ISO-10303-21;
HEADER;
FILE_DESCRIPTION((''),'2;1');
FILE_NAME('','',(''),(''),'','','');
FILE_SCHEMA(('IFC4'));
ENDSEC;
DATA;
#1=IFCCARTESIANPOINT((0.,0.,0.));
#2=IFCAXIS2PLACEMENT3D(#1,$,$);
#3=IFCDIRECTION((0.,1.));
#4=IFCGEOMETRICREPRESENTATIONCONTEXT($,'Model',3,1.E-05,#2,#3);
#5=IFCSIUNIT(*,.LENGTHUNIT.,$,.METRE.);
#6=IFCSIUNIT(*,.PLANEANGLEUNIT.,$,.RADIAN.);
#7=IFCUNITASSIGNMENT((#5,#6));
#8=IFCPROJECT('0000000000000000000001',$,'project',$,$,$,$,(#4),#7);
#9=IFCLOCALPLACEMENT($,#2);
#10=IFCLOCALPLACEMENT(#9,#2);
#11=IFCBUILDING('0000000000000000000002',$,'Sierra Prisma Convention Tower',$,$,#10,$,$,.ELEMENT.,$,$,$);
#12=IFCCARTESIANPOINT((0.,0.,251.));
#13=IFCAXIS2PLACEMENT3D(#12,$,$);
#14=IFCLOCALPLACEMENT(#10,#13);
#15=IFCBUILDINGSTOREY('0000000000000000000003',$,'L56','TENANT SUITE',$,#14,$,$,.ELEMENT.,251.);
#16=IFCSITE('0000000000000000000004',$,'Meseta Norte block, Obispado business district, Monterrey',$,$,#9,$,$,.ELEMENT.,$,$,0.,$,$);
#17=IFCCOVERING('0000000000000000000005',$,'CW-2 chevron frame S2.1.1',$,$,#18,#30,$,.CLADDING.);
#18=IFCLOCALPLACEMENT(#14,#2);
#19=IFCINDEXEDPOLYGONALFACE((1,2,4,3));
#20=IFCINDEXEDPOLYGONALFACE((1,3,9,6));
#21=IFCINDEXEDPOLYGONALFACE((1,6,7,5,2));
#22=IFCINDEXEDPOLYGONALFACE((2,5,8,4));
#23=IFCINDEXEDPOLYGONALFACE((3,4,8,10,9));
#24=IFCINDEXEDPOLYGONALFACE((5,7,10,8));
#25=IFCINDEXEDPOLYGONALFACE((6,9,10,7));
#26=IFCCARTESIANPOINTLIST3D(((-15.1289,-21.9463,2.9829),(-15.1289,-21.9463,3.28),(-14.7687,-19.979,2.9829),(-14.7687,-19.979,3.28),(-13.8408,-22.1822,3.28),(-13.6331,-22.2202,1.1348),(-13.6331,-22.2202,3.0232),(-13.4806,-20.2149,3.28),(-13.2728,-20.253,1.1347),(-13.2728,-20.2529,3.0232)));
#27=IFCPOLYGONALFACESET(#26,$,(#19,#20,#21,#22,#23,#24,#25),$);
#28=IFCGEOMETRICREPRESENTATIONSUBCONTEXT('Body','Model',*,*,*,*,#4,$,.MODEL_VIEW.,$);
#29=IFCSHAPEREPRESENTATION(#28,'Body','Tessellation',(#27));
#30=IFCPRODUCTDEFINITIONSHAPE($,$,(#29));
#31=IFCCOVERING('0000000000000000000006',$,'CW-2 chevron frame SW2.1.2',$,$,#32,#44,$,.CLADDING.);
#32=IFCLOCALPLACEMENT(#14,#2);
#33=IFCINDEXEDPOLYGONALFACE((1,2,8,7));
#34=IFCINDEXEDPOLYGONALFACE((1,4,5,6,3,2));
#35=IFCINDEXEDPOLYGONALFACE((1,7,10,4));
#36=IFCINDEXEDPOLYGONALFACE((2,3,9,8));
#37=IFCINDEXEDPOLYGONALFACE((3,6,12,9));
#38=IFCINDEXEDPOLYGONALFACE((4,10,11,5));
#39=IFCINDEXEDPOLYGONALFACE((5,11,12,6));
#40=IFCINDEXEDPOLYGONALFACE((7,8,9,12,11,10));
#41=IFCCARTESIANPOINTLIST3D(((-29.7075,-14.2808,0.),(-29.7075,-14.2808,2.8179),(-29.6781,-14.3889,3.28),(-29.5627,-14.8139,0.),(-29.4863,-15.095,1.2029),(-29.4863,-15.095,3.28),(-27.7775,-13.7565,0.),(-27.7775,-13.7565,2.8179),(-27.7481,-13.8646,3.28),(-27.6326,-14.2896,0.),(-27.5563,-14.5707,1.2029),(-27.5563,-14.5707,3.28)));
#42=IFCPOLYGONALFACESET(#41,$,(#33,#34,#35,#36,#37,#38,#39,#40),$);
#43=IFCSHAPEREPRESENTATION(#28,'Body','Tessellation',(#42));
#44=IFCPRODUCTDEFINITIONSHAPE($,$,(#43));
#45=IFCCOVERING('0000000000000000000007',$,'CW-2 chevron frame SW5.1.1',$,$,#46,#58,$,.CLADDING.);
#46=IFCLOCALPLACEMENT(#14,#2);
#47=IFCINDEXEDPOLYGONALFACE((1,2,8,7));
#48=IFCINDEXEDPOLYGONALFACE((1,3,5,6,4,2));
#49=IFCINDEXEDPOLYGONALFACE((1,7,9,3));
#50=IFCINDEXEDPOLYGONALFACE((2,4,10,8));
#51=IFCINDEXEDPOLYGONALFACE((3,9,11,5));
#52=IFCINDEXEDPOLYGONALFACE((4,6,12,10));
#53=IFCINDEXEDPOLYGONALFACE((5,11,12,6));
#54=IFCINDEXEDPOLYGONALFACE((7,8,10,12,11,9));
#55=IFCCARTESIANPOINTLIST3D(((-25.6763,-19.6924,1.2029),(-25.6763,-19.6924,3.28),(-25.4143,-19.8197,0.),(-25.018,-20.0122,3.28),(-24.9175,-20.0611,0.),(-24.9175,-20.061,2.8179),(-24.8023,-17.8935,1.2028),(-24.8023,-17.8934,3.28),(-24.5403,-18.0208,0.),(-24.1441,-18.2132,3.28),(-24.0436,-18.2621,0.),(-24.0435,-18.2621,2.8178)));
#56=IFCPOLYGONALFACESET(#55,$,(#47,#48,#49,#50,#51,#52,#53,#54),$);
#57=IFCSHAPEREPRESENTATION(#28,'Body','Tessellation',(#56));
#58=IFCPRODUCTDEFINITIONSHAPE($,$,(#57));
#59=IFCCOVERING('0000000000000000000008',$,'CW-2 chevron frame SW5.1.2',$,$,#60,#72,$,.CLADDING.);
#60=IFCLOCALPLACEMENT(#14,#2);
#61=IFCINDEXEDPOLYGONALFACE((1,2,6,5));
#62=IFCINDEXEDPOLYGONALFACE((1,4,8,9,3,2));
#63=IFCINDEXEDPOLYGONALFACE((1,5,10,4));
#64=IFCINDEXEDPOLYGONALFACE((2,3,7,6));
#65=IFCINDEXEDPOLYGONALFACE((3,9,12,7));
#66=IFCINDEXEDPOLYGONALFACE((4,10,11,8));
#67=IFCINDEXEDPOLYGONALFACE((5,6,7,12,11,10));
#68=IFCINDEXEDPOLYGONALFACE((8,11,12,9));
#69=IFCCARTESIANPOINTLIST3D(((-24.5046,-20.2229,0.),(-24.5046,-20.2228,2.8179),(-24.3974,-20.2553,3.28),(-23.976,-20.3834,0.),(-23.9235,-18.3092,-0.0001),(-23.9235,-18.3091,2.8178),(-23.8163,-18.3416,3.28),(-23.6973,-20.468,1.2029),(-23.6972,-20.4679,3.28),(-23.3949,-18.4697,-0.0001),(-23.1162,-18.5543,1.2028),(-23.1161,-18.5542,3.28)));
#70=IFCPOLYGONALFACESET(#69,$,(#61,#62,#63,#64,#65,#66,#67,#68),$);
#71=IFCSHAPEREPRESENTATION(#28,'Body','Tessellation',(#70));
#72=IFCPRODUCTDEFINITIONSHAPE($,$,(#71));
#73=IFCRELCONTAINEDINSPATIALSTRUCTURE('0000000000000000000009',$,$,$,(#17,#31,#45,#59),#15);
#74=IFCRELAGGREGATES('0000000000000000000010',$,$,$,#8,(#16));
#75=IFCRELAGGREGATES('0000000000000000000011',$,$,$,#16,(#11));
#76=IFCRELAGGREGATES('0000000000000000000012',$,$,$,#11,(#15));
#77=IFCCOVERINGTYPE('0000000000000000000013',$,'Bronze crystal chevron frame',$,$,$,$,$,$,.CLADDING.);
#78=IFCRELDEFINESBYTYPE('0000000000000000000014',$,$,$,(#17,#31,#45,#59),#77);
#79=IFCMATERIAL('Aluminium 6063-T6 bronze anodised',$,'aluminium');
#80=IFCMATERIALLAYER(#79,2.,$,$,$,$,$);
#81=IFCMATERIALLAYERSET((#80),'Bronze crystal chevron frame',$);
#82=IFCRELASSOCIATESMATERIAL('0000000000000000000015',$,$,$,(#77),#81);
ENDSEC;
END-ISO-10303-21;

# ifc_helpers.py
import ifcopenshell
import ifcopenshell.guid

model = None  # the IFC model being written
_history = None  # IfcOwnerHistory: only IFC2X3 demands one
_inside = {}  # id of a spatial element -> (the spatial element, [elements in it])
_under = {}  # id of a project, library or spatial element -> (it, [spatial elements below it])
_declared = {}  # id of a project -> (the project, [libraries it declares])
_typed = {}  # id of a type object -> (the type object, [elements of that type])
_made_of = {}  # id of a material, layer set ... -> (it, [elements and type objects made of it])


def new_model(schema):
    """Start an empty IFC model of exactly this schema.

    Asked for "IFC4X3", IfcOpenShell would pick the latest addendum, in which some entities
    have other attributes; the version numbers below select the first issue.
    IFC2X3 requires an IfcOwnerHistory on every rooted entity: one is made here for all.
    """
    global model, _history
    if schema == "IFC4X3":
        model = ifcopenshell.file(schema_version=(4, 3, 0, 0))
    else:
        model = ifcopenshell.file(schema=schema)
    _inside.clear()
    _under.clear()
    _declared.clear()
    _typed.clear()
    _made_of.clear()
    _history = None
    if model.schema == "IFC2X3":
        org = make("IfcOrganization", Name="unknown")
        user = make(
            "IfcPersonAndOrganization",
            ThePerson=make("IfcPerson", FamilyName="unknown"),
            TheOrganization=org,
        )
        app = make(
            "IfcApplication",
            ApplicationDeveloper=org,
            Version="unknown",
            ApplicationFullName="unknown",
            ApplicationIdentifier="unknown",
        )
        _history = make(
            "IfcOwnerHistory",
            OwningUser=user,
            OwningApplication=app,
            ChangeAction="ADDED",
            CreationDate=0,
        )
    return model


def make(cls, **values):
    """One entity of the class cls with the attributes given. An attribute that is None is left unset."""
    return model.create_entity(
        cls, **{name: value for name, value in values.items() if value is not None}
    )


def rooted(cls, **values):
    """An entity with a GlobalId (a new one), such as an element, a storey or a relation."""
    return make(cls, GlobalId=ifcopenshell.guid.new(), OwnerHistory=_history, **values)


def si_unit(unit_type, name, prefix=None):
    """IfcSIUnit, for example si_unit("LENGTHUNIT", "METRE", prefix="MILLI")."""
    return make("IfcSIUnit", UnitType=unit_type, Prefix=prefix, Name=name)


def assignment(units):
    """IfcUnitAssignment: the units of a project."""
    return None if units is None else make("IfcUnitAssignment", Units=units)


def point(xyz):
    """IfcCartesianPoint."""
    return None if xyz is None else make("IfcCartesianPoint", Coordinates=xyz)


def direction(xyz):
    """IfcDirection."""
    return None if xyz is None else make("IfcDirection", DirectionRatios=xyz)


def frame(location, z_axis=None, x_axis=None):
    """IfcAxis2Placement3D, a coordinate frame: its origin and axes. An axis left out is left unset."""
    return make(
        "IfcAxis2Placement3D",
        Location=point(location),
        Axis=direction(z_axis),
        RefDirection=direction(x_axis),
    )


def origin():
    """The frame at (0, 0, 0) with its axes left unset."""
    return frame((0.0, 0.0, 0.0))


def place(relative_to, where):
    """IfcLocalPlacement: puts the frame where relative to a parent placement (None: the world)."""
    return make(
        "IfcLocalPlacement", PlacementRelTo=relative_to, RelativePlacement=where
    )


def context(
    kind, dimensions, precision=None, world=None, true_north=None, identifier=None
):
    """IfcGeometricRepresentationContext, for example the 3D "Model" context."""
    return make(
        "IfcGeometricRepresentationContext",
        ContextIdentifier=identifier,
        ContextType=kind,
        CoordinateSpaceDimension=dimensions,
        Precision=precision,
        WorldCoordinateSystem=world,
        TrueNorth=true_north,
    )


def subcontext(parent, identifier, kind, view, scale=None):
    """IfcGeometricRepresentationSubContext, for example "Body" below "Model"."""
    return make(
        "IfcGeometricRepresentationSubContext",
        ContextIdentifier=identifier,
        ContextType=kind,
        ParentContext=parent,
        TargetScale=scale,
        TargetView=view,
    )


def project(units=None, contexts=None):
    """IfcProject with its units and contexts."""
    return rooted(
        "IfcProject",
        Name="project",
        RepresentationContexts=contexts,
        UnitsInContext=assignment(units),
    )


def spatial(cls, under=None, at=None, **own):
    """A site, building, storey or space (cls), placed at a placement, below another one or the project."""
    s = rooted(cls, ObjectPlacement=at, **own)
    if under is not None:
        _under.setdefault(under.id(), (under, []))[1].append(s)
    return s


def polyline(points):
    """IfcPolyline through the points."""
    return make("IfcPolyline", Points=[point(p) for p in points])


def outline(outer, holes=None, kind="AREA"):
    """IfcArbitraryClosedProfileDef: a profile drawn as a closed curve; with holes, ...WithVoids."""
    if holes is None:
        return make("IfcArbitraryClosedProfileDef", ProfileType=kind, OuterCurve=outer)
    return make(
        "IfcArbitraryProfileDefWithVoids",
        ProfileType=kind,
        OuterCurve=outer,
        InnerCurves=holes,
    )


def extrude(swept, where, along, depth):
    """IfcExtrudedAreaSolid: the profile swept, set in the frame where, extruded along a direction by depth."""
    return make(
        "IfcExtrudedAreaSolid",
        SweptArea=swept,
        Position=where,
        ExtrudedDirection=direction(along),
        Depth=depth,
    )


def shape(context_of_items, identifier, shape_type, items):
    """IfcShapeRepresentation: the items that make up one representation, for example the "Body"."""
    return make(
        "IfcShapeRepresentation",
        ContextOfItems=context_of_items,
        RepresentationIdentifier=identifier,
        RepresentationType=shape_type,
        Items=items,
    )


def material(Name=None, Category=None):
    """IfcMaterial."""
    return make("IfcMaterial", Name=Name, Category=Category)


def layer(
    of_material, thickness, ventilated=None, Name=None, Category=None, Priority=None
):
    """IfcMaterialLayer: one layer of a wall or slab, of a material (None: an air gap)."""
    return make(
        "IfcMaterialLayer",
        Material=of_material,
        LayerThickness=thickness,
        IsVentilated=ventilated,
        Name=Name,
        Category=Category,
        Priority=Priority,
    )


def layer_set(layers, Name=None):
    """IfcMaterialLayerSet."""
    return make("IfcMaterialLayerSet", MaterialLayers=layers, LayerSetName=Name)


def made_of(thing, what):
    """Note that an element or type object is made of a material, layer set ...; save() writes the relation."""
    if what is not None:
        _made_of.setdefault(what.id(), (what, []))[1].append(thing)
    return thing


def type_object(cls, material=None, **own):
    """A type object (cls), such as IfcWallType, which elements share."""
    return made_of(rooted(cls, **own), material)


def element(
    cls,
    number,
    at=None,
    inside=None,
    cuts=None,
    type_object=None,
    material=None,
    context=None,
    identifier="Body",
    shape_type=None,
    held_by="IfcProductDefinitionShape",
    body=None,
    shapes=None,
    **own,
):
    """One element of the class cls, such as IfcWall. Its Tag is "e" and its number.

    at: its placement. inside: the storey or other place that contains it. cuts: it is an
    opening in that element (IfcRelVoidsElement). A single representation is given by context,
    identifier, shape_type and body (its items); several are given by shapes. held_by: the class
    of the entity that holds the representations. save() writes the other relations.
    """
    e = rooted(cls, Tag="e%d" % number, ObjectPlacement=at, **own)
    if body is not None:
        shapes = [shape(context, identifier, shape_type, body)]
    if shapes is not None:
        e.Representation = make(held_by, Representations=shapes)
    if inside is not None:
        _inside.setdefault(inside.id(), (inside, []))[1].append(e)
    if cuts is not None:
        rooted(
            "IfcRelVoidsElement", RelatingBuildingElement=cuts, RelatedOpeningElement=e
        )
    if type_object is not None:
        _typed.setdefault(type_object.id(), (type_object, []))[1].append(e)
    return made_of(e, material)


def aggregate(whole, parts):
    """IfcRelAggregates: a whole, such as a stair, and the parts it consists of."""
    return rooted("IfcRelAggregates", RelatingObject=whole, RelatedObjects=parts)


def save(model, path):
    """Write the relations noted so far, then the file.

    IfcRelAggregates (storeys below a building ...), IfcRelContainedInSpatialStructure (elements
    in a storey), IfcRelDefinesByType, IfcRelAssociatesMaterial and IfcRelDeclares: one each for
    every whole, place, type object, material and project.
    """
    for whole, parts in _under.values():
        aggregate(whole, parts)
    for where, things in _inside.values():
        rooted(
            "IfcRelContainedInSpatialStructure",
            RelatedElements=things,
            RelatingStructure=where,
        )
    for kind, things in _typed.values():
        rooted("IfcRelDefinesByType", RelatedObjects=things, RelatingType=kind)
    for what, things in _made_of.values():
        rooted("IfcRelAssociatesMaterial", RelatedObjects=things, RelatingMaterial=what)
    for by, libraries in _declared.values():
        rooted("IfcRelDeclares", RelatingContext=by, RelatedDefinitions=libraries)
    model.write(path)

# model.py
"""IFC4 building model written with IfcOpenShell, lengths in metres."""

from ifc_helpers import new_model, si_unit, direction, frame, origin, place, context, subcontext, project, spatial, polyline, outline, extrude, material, layer, layer_set, type_object, element, save


model = new_model("IFC4")

# Units and contexts
model_context = context("Model", 3, precision=1e-05, world=origin(), true_north=direction((0.0, 1.0)))
body_context = subcontext(model_context, "Body", "Model", "MODEL_VIEW")
ifc_project = project(units=[si_unit("LENGTHUNIT", "METRE"), si_unit("PLANEANGLEUNIT", "RADIAN")], contexts=[model_context])

# Site, building, storey
site_placement = place(None, origin())
site = spatial("IfcSite", under=ifc_project, at=site_placement, Name="Meseta Norte block, Obispado business district, Monterrey", CompositionType="ELEMENT", RefElevation=0.0)
building_placement = place(site_placement, origin())
building = spatial("IfcBuilding", under=site, at=building_placement, Name="Sierra Prisma Convention Tower", CompositionType="ELEMENT")
storey_placement = place(building_placement, frame((0.0, 0.0, 251.0)))
storey = spatial("IfcBuildingStorey", under=building, at=storey_placement, Name="L56", Description="TENANT SUITE", CompositionType="ELEMENT", Elevation=251.0)

# Coverings
ifc_material_1 = material(Name="Aluminium 6063-T6 bronze anodised", Category="aluminium")
ifc_layer_1 = layer(ifc_material_1, 2.0)
ifc_layer_set_1 = layer_set([ifc_layer_1], Name="Bronze crystal chevron frame")
covering_type = type_object("IfcCoveringType", Name="Bronze crystal chevron frame", PredefinedType="CLADDING", material=ifc_layer_set_1)
covering_1_placement = place(storey_placement, frame((-15.1289, -21.9463, 3.28), z_axis=(-0.180126, -0.983644, 0.000016), x_axis=(-0.000003, -0.000016, -1.0)))
element("IfcCovering", 1, at=covering_1_placement, inside=storey, type_object=covering_type, Name="CW-2 chevron frame S2.1.1", PredefinedType="CLADDING", context=body_context, shape_type="SweptSolid", body=[
    extrude(outline(polyline([(0.0, 0.0), (0.2971, 0.0), (2.1453, 1.5207), (0.2568, 1.5207), (0.0, 1.3095), (0.0, 0.0)])), origin(), (0.0, 0.0, -1.0), 2.0),
])
covering_2_placement = place(storey_placement, frame((-29.7075, -14.2808, 0.0), z_axis=(-0.965026, -0.262153, -0.000001), x_axis=(0.262153, -0.965026, 0.0)))
element("IfcCovering", 2, at=covering_2_placement, inside=storey, type_object=covering_type, Name="CW-2 chevron frame SW2.1.2", PredefinedType="CLADDING", context=body_context, shape_type="SweptSolid", body=[
    extrude(outline(polyline([(0.0, 0.0), (0.5525, 0.0), (0.8437, 1.2029), (0.8437, 3.28), (0.1121, 3.28), (0.0, 2.8179), (0.0, 0.0)])), origin(), (0.0, 0.0, -1.0), 2.0),
])
covering_3_placement = place(storey_placement, frame((-25.6763, -19.6924, 3.28), z_axis=(-0.436969, -0.899477, 0.000019), x_axis=(-0.000008, -0.000017, -1.0)))
element("IfcCovering", 3, at=covering_3_placement, inside=storey, type_object=covering_type, Name="CW-2 chevron frame SW5.1.1", PredefinedType="CLADDING", context=body_context, shape_type="SweptSolid", body=[
    extrude(outline(polyline([(0.0, 0.0), (2.0771, 0.0), (3.28, 0.2913), (3.28, 0.8436), (0.4622, 0.8436), (0.0, 0.7318), (0.0, 0.0)])), origin(), (0.0, 0.0, -1.0), 2.0),
])
covering_4_placement = place(storey_placement, frame((-24.5046, -20.2229, 0.0), z_axis=(-0.290548, -0.95686, 0.000038), x_axis=(0.95686, -0.290548, 0.0)))
element("IfcCovering", 4, at=covering_4_placement, inside=storey, type_object=covering_type, Name="CW-2 chevron frame SW5.1.2", PredefinedType="CLADDING", context=body_context, shape_type="SweptSolid", body=[
    extrude(outline(polyline([(0.0, 0.0), (0.5524, 0.0), (0.8438, 1.2029), (0.8438, 3.28), (0.112, 3.28), (0.0, 2.8179), (0.0, 0.0)])), origin(), (0.0, 0.0, -1.0), 2.0),
])

save(model, "model.ifc")
